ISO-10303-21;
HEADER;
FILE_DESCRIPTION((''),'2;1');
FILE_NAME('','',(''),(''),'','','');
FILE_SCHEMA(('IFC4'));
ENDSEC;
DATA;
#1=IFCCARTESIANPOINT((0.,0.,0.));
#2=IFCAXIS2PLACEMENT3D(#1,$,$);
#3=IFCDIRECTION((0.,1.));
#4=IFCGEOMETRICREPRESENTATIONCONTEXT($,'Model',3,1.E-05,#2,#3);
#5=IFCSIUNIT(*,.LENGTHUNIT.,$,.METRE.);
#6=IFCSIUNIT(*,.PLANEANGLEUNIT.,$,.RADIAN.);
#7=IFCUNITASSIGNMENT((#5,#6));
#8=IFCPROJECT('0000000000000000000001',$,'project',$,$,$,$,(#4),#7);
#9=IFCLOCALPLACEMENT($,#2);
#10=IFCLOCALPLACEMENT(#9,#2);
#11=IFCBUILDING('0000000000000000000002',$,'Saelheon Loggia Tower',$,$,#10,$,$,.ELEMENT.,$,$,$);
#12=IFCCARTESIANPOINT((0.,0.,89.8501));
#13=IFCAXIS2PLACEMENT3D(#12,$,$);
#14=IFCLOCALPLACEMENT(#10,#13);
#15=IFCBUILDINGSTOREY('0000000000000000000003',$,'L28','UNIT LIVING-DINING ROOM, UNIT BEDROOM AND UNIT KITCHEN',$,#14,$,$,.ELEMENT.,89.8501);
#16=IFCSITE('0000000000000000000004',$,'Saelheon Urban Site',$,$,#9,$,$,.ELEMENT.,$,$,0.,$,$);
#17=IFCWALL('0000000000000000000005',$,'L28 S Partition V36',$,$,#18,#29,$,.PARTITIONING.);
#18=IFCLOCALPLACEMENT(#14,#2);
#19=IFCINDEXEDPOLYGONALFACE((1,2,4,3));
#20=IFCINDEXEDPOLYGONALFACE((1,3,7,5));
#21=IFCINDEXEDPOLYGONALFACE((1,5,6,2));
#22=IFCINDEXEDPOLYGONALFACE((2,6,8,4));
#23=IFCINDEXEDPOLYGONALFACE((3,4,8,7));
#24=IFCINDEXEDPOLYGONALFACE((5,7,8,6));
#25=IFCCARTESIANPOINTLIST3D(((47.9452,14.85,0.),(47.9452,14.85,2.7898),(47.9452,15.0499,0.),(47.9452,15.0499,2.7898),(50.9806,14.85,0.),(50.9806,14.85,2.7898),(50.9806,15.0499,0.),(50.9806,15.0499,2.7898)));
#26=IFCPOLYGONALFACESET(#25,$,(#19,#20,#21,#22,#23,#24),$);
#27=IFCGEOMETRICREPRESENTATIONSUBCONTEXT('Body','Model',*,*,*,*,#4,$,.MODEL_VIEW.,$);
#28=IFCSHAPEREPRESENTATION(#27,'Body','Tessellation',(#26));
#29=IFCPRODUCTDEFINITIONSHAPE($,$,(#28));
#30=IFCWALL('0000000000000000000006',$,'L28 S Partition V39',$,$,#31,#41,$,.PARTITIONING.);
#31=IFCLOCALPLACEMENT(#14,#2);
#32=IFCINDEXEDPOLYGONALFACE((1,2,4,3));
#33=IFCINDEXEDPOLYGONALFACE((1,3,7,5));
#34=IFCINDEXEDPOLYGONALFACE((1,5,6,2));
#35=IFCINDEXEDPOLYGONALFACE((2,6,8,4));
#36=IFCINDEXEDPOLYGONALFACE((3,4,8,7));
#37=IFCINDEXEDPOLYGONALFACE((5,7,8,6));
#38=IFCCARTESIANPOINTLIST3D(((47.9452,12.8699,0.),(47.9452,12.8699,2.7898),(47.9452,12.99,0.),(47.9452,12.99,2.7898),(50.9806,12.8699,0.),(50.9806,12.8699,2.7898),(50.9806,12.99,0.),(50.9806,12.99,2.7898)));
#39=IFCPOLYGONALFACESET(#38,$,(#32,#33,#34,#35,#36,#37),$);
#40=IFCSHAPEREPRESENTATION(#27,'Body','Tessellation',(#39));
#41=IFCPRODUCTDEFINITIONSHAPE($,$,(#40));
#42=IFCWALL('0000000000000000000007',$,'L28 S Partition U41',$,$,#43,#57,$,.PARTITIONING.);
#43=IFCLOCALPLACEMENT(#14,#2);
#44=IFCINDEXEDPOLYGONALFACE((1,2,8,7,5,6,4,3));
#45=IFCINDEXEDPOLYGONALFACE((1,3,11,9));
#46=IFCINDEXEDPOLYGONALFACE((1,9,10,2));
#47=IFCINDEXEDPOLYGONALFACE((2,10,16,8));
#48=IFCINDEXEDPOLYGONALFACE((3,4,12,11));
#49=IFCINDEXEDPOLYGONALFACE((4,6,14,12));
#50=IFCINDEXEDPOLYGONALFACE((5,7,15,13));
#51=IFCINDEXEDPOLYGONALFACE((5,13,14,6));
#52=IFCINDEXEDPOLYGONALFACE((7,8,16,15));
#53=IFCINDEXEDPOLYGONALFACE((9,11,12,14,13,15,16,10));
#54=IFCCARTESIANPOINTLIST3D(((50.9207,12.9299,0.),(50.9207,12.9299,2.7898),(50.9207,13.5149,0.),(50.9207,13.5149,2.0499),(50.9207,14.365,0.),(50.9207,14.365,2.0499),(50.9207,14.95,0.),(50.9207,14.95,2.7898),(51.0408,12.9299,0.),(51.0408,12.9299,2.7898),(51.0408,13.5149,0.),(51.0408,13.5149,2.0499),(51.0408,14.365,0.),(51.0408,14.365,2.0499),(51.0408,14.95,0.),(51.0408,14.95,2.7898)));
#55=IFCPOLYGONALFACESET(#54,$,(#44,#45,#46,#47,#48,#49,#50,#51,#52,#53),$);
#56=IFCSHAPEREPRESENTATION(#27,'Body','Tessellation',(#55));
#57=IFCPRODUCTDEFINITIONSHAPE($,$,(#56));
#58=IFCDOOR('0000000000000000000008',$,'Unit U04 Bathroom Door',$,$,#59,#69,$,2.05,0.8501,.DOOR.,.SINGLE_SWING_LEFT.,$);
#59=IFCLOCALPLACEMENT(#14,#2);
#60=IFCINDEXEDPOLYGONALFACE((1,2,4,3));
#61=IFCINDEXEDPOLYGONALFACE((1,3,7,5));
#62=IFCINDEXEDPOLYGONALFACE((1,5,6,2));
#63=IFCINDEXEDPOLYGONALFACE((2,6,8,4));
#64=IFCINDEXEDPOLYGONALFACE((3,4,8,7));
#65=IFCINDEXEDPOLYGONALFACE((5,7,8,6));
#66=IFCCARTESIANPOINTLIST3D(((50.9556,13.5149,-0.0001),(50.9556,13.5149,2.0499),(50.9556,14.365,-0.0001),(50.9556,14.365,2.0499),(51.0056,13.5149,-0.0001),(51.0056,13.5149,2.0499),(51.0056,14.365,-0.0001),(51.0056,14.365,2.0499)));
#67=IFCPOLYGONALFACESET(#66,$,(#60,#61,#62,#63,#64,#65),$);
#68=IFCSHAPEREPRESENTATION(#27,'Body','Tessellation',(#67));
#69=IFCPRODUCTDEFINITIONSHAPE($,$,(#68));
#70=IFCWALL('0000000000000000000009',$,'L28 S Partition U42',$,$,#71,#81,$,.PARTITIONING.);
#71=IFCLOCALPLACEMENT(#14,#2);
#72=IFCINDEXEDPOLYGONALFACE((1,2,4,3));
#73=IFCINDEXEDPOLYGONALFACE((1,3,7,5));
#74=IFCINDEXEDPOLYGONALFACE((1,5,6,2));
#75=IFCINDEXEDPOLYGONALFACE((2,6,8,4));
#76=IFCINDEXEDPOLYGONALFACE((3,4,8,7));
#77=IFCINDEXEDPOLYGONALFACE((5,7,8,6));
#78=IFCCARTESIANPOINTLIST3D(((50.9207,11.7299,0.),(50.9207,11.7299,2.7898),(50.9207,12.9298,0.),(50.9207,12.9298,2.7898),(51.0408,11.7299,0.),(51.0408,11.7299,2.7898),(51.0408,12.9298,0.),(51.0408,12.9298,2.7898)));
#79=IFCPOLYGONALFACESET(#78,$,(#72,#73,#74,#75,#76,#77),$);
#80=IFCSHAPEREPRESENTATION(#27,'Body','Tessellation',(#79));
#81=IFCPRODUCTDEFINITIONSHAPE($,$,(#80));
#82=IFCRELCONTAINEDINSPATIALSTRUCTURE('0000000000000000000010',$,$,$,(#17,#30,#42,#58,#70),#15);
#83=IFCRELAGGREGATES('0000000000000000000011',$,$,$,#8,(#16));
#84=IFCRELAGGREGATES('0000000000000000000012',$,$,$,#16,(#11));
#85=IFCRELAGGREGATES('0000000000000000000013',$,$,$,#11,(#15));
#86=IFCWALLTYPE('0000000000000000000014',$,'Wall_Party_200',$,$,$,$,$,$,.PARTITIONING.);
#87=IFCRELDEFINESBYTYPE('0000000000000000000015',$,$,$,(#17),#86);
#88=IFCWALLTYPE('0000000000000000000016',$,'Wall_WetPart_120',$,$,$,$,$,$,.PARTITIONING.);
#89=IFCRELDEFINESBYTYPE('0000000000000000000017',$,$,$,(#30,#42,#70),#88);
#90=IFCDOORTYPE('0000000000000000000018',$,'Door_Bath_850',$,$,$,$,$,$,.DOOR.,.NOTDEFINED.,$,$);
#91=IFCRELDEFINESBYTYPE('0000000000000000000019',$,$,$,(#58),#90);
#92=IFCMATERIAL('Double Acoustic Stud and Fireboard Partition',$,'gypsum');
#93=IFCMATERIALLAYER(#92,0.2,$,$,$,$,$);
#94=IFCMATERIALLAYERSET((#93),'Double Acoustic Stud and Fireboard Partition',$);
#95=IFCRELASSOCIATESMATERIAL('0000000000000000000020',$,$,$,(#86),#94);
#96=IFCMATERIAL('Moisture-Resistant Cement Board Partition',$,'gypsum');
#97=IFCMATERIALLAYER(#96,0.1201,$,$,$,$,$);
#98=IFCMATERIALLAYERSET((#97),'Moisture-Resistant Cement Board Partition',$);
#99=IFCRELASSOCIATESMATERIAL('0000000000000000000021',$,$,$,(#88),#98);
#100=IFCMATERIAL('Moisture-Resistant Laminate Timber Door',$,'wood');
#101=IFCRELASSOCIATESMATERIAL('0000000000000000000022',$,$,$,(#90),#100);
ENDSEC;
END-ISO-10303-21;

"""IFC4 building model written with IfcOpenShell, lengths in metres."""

from ifc_helpers import new_model, si_unit, direction, frame, frame_2d, origin, place, context, subcontext, project, spatial, rectangle, extrude, source, transform, mapped, material, layer, layer_set, type_object, element, fill, save


model = new_model("IFC4")

# Units and contexts
model_context = context("Model", 3, precision=1e-05, world=origin(), true_north=direction((0.0, 1.0)))
body_context = subcontext(model_context, "Body", "Model", "MODEL_VIEW")
ifc_project = project(units=[si_unit("LENGTHUNIT", "METRE"), si_unit("PLANEANGLEUNIT", "RADIAN")], contexts=[model_context])

# Site, building, storey
site_placement = place(None, origin())
site = spatial("IfcSite", under=ifc_project, at=site_placement, Name="Saelheon Urban Site", CompositionType="ELEMENT", RefElevation=0.0)
building_placement = place(site_placement, origin())
building = spatial("IfcBuilding", under=site, at=building_placement, Name="Saelheon Loggia Tower", CompositionType="ELEMENT")
storey_placement = place(building_placement, frame((0.0, 0.0, 89.8501)))
storey = spatial("IfcBuildingStorey", under=building, at=storey_placement, Name="L28", Description="UNIT LIVING-DINING ROOM, UNIT BEDROOM AND UNIT KITCHEN", CompositionType="ELEMENT", Elevation=89.8501)

# Wall
ifc_material_1 = material(Name="Double Acoustic Stud and Fireboard Partition", Category="gypsum")
ifc_layer_1 = layer(ifc_material_1, 0.2)
ifc_layer_set_1 = layer_set([ifc_layer_1], Name="Double Acoustic Stud and Fireboard Partition")
wall_type_1 = type_object("IfcWallType", Name="Wall_Party_200", PredefinedType="PARTITIONING", material=ifc_layer_set_1)
wall_1_placement = place(storey_placement, frame((47.9453, 14.95, 0.0), z_axis=(0.0, 0.0, 1.0), x_axis=(1.0, 0.0, 0.0)))
element("IfcWall", 1, at=wall_1_placement, inside=storey, type_object=wall_type_1, Name="L28 S Partition V36", PredefinedType="PARTITIONING", context=body_context, shape_type="SweptSolid", body=[
    extrude(rectangle(XDim=3.0354, YDim=0.2, at=frame_2d((1.5176, 0.0))), origin(), (0.0, 0.0, 1.0), 2.7898),
])

# Wall
ifc_material_2 = material(Name="Moisture-Resistant Cement Board Partition", Category="gypsum")
ifc_layer_2 = layer(ifc_material_2, 0.1201)
ifc_layer_set_2 = layer_set([ifc_layer_2], Name="Moisture-Resistant Cement Board Partition")
wall_type_2 = type_object("IfcWallType", Name="Wall_WetPart_120", PredefinedType="PARTITIONING", material=ifc_layer_set_2)
wall_2_placement = place(storey_placement, frame((47.9453, 12.9299, 0.0), z_axis=(0.0, 0.0, 1.0), x_axis=(1.0, 0.0, 0.0)))
element("IfcWall", 2, at=wall_2_placement, inside=storey, type_object=wall_type_2, Name="L28 S Partition V39", PredefinedType="PARTITIONING", context=body_context, shape_type="SweptSolid", body=[
    extrude(rectangle(XDim=3.0354, YDim=0.1201, at=frame_2d((1.5176, 0.0))), origin(), (0.0, 0.0, 1.0), 2.7898),
])

# Wall, opening, door
wall_3_placement = place(storey_placement, frame((50.9807, 14.95, 0.0), z_axis=(0.0, 0.0, 1.0), x_axis=(0.0, -1.0, 0.0)))
wall_3 = element("IfcWall", 3, at=wall_3_placement, inside=storey, type_object=wall_type_2, Name="L28 S Partition U41", PredefinedType="PARTITIONING", context=body_context, shape_type="SweptSolid", body=[
    extrude(rectangle(XDim=2.02, YDim=0.1201, at=frame_2d((1.01, 0.0))), origin(), (0.0, 0.0, 1.0), 2.7898),
])
opening_1_placement = place(wall_3_placement, frame((0.585, 0.0, 0.0)))
opening_1 = element("IfcOpeningElement", 4, at=opening_1_placement, cuts=wall_3, PredefinedType="OPENING", context=body_context, shape_type="SweptSolid", body=[
    extrude(rectangle(XDim=0.8501, YDim=2.05, at=frame_2d((0.425, 1.0249))), frame((0.0, 0.072, 0.0), z_axis=(0.0, -1.0, 0.0), x_axis=(1.0, 0.0, 0.0)), (0.0, 0.0, 1.0), 0.144),
])
ifc_material_3 = material(Name="Moisture-Resistant Laminate Timber Door", Category="wood")
door_type_1 = type_object("IfcDoorType", Name="Door_Bath_850", OperationType="NOTDEFINED", PredefinedType="DOOR", material=ifc_material_3)
shared_shape_1 = source(origin(), body_context, "Body", "SweptSolid", [
    extrude(rectangle(XDim=0.8501, YDim=2.05, at=frame_2d((0.425, 1.0249))), frame((0.0, 0.0249, 0.0), z_axis=(0.0, -1.0, 0.0), x_axis=(1.0, 0.0, 0.0)), (0.0, 0.0, 1.0), 0.05),
])
door_1_placement = place(opening_1_placement, origin())
door_1 = element("IfcDoor", 5, at=door_1_placement, inside=storey, type_object=door_type_1, Name="Unit U04 Bathroom Door", OperationType="SINGLE_SWING_LEFT", OverallHeight=2.05, OverallWidth=0.8501, PredefinedType="DOOR", context=body_context, shape_type="MappedRepresentation", body=[
    mapped(shared_shape_1, transform((0.0, 0.0, 0.0), scale=1.0)),
])
fill(opening_1, door_1)

# Wall
wall_4_placement = place(storey_placement, frame((50.9807, 12.9299, 0.0), z_axis=(0.0, 0.0, 1.0), x_axis=(0.0, -1.0, 0.0)))
element("IfcWall", 6, at=wall_4_placement, inside=storey, type_object=wall_type_2, Name="L28 S Partition U42", PredefinedType="PARTITIONING", context=body_context, shape_type="SweptSolid", body=[
    extrude(rectangle(XDim=1.2, YDim=0.1201, at=frame_2d((0.6001, 0.0))), origin(), (0.0, 0.0, 1.0), 2.7898),
])

save(model, "model.ifc")
